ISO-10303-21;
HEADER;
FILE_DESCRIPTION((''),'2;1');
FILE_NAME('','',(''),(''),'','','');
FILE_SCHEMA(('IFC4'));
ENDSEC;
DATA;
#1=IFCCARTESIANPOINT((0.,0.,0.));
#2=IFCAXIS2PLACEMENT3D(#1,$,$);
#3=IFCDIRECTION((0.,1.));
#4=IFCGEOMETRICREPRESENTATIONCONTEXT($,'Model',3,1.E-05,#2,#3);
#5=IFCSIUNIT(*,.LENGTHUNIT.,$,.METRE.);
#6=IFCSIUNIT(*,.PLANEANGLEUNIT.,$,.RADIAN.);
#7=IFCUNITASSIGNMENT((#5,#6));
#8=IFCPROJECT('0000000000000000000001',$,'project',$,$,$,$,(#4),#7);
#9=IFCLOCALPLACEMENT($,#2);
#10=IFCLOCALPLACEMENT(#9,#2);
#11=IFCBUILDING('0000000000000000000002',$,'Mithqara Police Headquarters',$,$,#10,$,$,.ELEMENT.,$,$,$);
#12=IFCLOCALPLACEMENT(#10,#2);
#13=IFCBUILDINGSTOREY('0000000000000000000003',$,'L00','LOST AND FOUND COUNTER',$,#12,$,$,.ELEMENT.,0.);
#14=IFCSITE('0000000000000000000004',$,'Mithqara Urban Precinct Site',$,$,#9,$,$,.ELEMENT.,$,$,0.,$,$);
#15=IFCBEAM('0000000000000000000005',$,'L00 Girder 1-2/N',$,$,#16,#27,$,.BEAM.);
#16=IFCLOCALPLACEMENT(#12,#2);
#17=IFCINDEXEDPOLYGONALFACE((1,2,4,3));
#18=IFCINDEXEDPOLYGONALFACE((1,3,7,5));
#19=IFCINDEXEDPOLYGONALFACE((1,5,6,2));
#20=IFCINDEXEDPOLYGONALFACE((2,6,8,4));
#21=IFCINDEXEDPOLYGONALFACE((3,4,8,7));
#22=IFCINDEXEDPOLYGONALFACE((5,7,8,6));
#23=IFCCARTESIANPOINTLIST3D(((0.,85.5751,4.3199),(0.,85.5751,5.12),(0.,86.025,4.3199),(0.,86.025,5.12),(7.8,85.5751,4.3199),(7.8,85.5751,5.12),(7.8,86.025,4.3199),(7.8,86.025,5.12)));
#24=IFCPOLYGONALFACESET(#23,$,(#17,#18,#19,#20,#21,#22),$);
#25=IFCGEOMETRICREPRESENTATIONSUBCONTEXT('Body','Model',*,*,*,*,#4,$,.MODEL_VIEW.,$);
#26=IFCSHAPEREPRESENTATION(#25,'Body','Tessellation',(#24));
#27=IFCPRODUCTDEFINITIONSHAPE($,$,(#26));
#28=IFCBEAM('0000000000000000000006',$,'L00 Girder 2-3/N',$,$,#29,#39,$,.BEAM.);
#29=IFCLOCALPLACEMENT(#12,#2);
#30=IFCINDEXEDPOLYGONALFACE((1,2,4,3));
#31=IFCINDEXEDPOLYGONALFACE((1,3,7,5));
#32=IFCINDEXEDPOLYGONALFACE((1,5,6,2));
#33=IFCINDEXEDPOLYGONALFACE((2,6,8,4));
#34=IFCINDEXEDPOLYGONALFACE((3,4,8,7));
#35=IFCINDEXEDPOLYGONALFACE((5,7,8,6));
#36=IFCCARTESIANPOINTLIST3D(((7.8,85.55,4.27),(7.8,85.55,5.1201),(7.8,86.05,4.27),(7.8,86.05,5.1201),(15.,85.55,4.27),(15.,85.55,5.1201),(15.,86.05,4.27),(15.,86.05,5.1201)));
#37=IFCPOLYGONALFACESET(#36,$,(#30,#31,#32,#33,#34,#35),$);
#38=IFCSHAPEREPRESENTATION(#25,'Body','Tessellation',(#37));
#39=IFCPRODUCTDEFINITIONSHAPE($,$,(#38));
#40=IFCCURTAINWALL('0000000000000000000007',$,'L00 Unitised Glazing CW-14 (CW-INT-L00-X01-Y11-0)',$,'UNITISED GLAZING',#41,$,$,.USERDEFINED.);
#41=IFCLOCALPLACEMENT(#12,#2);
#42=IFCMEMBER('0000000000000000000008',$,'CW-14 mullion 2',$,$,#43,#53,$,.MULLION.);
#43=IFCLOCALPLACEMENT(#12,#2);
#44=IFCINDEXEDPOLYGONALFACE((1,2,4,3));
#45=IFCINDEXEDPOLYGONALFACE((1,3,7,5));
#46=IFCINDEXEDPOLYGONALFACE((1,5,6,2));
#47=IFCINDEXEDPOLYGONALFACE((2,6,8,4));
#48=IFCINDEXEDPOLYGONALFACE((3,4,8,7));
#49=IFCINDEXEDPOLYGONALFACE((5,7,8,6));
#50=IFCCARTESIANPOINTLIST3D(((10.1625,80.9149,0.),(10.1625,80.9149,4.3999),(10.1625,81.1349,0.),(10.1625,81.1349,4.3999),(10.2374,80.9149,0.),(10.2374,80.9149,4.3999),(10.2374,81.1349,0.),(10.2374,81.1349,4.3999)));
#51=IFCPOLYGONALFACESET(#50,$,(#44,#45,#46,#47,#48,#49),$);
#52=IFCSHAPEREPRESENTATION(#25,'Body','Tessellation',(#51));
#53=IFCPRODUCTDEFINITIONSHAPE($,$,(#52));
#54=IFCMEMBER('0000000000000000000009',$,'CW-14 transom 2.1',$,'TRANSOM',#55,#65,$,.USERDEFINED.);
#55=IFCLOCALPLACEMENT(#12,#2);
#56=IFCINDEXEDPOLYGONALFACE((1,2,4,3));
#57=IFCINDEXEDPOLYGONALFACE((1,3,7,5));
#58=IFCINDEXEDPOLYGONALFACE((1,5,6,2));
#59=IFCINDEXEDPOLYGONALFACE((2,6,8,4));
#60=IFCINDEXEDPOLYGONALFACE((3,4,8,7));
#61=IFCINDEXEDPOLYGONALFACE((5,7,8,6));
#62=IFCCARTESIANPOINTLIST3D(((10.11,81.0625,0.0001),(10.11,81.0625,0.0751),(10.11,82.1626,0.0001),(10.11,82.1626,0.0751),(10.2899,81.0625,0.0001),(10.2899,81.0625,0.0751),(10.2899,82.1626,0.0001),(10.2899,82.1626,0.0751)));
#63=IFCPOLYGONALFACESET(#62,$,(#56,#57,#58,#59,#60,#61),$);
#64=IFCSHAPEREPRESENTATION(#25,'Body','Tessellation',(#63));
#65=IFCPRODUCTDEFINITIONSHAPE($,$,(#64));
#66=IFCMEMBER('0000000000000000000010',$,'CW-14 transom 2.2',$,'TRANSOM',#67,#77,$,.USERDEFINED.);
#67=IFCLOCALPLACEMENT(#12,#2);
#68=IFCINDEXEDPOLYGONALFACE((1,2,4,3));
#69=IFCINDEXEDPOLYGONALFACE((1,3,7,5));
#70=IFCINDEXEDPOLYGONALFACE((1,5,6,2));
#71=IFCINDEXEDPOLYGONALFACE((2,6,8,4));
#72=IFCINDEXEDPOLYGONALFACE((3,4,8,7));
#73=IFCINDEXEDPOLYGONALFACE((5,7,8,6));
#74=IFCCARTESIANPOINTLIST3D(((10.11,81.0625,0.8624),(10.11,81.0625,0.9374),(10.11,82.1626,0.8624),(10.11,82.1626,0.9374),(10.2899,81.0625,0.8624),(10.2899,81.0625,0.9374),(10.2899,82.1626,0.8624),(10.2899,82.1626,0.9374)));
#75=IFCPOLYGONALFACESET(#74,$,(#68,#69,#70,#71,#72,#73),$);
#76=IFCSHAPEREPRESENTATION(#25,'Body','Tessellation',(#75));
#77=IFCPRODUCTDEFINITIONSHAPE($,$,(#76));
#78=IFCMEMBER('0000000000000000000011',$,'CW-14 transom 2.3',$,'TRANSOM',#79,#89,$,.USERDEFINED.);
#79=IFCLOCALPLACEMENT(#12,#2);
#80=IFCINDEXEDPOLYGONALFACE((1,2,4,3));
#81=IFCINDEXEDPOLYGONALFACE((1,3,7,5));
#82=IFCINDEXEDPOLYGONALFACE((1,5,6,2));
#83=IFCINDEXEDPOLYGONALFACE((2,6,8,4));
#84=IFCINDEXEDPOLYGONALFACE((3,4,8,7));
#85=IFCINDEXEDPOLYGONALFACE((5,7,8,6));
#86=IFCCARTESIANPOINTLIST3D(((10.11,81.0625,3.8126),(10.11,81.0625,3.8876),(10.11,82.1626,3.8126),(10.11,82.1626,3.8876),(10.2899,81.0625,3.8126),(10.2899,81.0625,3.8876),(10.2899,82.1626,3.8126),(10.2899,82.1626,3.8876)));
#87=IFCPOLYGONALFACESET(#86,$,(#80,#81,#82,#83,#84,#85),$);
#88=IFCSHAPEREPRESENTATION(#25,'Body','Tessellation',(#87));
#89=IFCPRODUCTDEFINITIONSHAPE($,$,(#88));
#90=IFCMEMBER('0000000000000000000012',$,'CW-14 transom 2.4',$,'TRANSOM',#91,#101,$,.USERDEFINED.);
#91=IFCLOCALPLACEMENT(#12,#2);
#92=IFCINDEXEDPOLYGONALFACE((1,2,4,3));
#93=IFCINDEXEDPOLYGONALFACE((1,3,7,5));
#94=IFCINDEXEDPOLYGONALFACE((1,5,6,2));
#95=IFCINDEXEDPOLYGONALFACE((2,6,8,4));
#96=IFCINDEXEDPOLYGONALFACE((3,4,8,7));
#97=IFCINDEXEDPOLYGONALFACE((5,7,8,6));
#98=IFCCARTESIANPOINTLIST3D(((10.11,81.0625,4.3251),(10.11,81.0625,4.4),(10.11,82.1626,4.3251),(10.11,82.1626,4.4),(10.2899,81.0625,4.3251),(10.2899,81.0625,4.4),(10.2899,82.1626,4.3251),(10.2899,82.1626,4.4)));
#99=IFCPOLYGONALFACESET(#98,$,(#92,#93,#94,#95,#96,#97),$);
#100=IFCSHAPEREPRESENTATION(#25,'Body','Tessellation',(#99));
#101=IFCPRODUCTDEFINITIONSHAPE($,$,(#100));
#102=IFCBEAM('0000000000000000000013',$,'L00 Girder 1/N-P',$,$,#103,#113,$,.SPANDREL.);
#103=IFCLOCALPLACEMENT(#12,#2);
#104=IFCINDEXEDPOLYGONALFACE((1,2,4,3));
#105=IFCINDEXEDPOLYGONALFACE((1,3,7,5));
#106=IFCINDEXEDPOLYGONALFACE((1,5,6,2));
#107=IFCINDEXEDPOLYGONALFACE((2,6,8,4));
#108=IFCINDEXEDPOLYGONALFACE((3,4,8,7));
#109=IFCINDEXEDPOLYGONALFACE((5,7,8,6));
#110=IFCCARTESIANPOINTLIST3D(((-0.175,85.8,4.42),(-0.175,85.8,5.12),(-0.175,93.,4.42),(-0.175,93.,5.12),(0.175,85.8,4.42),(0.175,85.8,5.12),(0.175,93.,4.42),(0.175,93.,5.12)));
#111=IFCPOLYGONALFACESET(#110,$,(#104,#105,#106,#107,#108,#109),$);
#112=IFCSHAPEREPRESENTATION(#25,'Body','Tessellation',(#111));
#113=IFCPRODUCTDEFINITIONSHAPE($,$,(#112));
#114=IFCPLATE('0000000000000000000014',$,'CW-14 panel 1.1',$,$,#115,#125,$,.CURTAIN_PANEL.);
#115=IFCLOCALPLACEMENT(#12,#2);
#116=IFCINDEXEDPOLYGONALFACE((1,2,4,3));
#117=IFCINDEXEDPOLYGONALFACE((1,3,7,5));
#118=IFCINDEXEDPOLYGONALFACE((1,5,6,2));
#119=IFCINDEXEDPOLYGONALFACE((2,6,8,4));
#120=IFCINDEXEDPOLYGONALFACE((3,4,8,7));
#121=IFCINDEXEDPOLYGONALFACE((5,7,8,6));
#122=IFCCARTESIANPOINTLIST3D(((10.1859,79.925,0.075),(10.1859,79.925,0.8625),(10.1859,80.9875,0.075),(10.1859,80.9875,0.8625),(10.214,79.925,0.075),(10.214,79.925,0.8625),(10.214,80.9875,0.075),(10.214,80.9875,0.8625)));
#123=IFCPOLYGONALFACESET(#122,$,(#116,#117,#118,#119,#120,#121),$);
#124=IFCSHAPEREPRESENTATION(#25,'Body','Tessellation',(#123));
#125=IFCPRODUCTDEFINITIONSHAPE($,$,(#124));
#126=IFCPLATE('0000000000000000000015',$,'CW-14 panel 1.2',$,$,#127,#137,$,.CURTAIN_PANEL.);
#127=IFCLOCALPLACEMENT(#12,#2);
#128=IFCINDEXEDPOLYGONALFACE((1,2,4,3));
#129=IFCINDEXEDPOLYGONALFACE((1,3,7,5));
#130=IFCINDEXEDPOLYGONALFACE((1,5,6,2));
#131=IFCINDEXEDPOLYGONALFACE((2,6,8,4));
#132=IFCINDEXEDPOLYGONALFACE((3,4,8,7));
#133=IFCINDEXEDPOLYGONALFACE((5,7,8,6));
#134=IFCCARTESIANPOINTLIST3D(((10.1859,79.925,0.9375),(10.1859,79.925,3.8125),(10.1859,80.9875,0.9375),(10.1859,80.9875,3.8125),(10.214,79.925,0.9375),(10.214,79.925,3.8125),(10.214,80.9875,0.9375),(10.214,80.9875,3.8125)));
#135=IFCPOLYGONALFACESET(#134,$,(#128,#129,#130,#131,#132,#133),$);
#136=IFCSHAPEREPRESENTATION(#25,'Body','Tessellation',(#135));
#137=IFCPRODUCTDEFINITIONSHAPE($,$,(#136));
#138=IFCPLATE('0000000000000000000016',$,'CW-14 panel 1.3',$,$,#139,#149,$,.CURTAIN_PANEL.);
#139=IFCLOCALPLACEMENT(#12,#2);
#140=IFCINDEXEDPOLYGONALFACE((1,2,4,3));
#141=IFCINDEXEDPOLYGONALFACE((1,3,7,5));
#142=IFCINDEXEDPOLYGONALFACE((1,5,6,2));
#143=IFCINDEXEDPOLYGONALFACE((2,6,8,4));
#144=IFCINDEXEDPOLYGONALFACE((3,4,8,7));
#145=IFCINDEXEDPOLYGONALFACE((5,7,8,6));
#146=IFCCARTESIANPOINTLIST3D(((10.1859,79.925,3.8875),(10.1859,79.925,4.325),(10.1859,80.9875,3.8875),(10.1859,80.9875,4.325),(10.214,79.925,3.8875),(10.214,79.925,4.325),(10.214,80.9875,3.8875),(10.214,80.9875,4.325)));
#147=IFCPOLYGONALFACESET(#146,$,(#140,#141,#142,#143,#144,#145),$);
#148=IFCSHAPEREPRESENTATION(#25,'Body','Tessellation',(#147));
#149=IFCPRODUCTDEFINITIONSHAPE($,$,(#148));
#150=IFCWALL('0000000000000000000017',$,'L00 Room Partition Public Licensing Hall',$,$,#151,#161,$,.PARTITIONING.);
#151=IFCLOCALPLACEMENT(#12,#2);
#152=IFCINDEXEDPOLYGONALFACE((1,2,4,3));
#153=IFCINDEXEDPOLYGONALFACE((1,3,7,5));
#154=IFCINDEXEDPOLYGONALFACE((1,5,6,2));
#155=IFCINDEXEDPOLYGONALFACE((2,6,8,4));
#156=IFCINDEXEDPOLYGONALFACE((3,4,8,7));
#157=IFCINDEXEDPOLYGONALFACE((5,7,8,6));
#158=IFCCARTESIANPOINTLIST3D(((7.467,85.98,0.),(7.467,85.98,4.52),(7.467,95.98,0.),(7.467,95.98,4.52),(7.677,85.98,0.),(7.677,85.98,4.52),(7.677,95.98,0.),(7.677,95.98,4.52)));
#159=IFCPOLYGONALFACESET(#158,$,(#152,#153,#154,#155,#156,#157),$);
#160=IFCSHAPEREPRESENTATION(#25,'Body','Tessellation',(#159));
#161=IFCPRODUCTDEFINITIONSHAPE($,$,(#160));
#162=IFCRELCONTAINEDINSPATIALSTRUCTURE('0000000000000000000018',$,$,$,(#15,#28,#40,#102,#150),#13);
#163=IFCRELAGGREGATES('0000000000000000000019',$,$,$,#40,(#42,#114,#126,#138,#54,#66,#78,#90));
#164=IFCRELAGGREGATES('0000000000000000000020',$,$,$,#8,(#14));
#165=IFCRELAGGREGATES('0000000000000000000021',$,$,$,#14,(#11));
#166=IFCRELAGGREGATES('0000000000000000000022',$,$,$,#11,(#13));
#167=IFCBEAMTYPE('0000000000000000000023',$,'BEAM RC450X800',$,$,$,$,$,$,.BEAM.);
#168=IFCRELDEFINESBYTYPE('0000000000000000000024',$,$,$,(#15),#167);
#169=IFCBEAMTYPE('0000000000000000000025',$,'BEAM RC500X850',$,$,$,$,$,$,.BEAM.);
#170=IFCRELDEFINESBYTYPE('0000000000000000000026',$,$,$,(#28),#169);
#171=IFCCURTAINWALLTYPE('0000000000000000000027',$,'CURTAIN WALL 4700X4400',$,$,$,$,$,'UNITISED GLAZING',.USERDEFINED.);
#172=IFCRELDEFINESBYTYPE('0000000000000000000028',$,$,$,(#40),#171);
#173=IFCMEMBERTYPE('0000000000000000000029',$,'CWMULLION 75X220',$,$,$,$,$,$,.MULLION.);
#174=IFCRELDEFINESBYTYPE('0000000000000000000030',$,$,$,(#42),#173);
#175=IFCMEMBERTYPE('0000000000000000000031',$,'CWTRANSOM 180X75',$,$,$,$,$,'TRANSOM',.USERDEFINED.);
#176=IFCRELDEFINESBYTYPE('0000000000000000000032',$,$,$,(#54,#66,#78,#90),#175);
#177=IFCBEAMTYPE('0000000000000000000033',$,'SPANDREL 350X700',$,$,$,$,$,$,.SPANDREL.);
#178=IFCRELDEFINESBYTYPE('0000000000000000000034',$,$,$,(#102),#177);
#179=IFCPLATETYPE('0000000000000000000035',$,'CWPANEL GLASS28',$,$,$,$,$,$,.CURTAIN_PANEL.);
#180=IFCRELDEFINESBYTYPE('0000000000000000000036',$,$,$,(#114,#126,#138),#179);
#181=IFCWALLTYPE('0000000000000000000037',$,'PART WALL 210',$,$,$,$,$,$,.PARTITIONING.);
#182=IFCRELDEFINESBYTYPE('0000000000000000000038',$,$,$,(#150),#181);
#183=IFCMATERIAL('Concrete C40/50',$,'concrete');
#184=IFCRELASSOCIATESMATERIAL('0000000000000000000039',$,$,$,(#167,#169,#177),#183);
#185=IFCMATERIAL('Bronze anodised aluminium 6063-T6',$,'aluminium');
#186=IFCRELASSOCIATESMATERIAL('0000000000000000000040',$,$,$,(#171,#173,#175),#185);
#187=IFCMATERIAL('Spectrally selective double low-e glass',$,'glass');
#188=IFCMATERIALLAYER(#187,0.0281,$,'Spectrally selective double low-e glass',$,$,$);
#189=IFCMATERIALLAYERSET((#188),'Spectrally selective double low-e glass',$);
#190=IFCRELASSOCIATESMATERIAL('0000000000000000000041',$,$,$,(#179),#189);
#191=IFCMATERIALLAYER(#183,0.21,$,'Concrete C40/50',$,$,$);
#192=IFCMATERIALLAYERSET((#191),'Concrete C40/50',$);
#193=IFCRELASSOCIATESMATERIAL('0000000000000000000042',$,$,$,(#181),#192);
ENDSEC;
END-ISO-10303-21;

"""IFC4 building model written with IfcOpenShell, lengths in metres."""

from ifc_helpers import new_model, si_unit, direction, frame, frame_2d, origin, origin_2d, place, context, subcontext, project, spatial, rectangle, extrude, material, layer, layer_set, material_profile, profile_set, type_object, element, aggregate, save


model = new_model("IFC4")

# Units and contexts
model_context = context("Model", 3, precision=1e-05, world=origin(), true_north=direction((0.0, 1.0)))
body_context = subcontext(model_context, "Body", "Model", "MODEL_VIEW")
ifc_project = project(units=[si_unit("LENGTHUNIT", "METRE"), si_unit("PLANEANGLEUNIT", "RADIAN")], contexts=[model_context])

# Site, building, storey
site_placement = place(None, origin())
site = spatial("IfcSite", under=ifc_project, at=site_placement, Name="Mithqara Urban Precinct Site", CompositionType="ELEMENT", RefElevation=0.0)
building_placement = place(site_placement, origin())
building = spatial("IfcBuilding", under=site, at=building_placement, Name="Mithqara Police Headquarters", CompositionType="ELEMENT")
storey_placement = place(building_placement, origin())
storey = spatial("IfcBuildingStorey", under=building, at=storey_placement, Name="L00", Description="LOST AND FOUND COUNTER", CompositionType="ELEMENT", Elevation=0.0)

# Shared definitions
ifc_material_1 = material(Name="Concrete C40/50", Category="concrete")

# Beams
ifc_material_profile_1 = material_profile(ifc_material_1, rectangle(XDim=0.45, YDim=0.8, at=origin_2d()), Name="RC 450x800")
ifc_profile_set_1 = profile_set([ifc_material_profile_1], Name="Concrete C40/50")
beam_type_1 = type_object("IfcBeamType", Name="BEAM RC450X800", PredefinedType="BEAM", material=ifc_profile_set_1)
beam_1_placement = place(storey_placement, frame((0.0, 85.8, 4.72), z_axis=(1.0, 0.0, 0.0), x_axis=(0.0, 1.0, 0.0)))
element("IfcBeam", 1, at=beam_1_placement, inside=storey, type_object=beam_type_1, Name="L00 Girder 1-2/N", PredefinedType="BEAM", context=body_context, shape_type="SweptSolid", body=[
    extrude(rectangle(XDim=0.45, YDim=0.8, at=origin_2d()), origin(), (0.0, 0.0, 1.0), 7.8),
])
ifc_material_profile_2 = material_profile(ifc_material_1, rectangle(XDim=0.5, YDim=0.8501, at=origin_2d()), Name="RC 500x850")
ifc_profile_set_2 = profile_set([ifc_material_profile_2], Name="Concrete C40/50")
beam_type_2 = type_object("IfcBeamType", Name="BEAM RC500X850", PredefinedType="BEAM", material=ifc_profile_set_2)
beam_2_placement = place(storey_placement, frame((7.8, 85.8, 4.6951), z_axis=(1.0, 0.0, 0.0), x_axis=(0.0, 1.0, 0.0)))
element("IfcBeam", 2, at=beam_2_placement, inside=storey, type_object=beam_type_2, Name="L00 Girder 2-3/N", PredefinedType="BEAM", context=body_context, shape_type="SweptSolid", body=[
    extrude(rectangle(XDim=0.5, YDim=0.8501, at=origin_2d()), origin(), (0.0, 0.0, 1.0), 7.2),
])

# Curtain wall, members
ifc_material_2 = material(Name="Bronze anodised aluminium 6063-T6", Category="aluminium")
curtain_wall_type = type_object("IfcCurtainWallType", Name="CURTAIN WALL 4700X4400", ElementType="UNITISED GLAZING", PredefinedType="USERDEFINED", material=ifc_material_2)
curtain_wall_placement = place(storey_placement, origin())
curtain_wall = element("IfcCurtainWall", 3, at=curtain_wall_placement, inside=storey, type_object=curtain_wall_type, Name="L00 Unitised Glazing CW-14 (CW-INT-L00-X01-Y11-0)", ObjectType="UNITISED GLAZING", PredefinedType="USERDEFINED")
ifc_material_profile_3 = material_profile(ifc_material_2, rectangle(XDim=0.075, YDim=0.22, at=origin_2d()), Name="CWM 75x220")
ifc_profile_set_3 = profile_set([ifc_material_profile_3], Name="Bronze anodised aluminium 6063-T6")
member_type_1 = type_object("IfcMemberType", Name="CWMULLION 75X220", PredefinedType="MULLION", material=ifc_profile_set_3)
member_1_placement = place(storey_placement, frame((10.2, 81.0249, 0.0), z_axis=(0.0, 0.0, 1.0), x_axis=(-1.0, 0.0, 0.0)))
member_1 = element("IfcMember", 4, at=member_1_placement, type_object=member_type_1, Name="CW-14 mullion 2", PredefinedType="MULLION", context=body_context, shape_type="SweptSolid", body=[
    extrude(rectangle(XDim=0.075, YDim=0.22, at=origin_2d()), origin(), (0.0, 0.0, 1.0), 4.3999),
])
ifc_material_profile_4 = material_profile(ifc_material_2, rectangle(XDim=0.1799, YDim=0.075, at=origin_2d()), Name="CWT 180x75")
ifc_profile_set_4 = profile_set([ifc_material_profile_4], Name="Bronze anodised aluminium 6063-T6")
member_type_2 = type_object("IfcMemberType", Name="CWTRANSOM 180X75", ElementType="TRANSOM", PredefinedType="USERDEFINED", material=ifc_profile_set_4)
member_2_placement = place(storey_placement, frame((10.2, 81.0625, 0.0376), z_axis=(0.0, 1.0, 0.0), x_axis=(-1.0, 0.0, 0.0)))
member_2 = element("IfcMember", 5, at=member_2_placement, type_object=member_type_2, Name="CW-14 transom 2.1", ObjectType="TRANSOM", PredefinedType="USERDEFINED", context=body_context, shape_type="SweptSolid", body=[
    extrude(rectangle(XDim=0.1799, YDim=0.075, at=origin_2d()), origin(), (0.0, 0.0, 1.0), 1.1001),
])
member_3_placement = place(storey_placement, frame((10.2, 81.0625, 0.8999), z_axis=(0.0, 1.0, 0.0), x_axis=(-1.0, 0.0, 0.0)))
member_3 = element("IfcMember", 6, at=member_3_placement, type_object=member_type_2, Name="CW-14 transom 2.2", ObjectType="TRANSOM", PredefinedType="USERDEFINED", context=body_context, shape_type="SweptSolid", body=[
    extrude(rectangle(XDim=0.1799, YDim=0.075, at=origin_2d()), origin(), (0.0, 0.0, 1.0), 1.1001),
])
member_4_placement = place(storey_placement, frame((10.2, 81.0625, 3.8501), z_axis=(0.0, 1.0, 0.0), x_axis=(-1.0, 0.0, 0.0)))
member_4 = element("IfcMember", 7, at=member_4_placement, type_object=member_type_2, Name="CW-14 transom 2.3", ObjectType="TRANSOM", PredefinedType="USERDEFINED", context=body_context, shape_type="SweptSolid", body=[
    extrude(rectangle(XDim=0.1799, YDim=0.075, at=origin_2d()), origin(), (0.0, 0.0, 1.0), 1.1001),
])
member_5_placement = place(storey_placement, frame((10.2, 81.0625, 4.3625), z_axis=(0.0, 1.0, 0.0), x_axis=(-1.0, 0.0, 0.0)))
member_5 = element("IfcMember", 8, at=member_5_placement, type_object=member_type_2, Name="CW-14 transom 2.4", ObjectType="TRANSOM", PredefinedType="USERDEFINED", context=body_context, shape_type="SweptSolid", body=[
    extrude(rectangle(XDim=0.1799, YDim=0.075, at=origin_2d()), origin(), (0.0, 0.0, 1.0), 1.1001),
])

# Beam
ifc_material_profile_5 = material_profile(ifc_material_1, rectangle(XDim=0.3501, YDim=0.7, at=origin_2d()), Name="SPB 350x700")
ifc_profile_set_5 = profile_set([ifc_material_profile_5], Name="Concrete C40/50")
beam_type_3 = type_object("IfcBeamType", Name="SPANDREL 350X700", PredefinedType="SPANDREL", material=ifc_profile_set_5)
beam_3_placement = place(storey_placement, frame((0.0, 85.8, 4.77), z_axis=(0.0, 1.0, 0.0), x_axis=(-1.0, 0.0, 0.0)))
element("IfcBeam", 9, at=beam_3_placement, inside=storey, type_object=beam_type_3, Name="L00 Girder 1/N-P", PredefinedType="SPANDREL", context=body_context, shape_type="SweptSolid", body=[
    extrude(rectangle(XDim=0.3501, YDim=0.7, at=origin_2d()), origin(), (0.0, 0.0, 1.0), 7.2),
])

# Plates
ifc_material_3 = material(Name="Spectrally selective double low-e glass", Category="glass")
ifc_layer_1 = layer(ifc_material_3, 0.0281, Name="Spectrally selective double low-e glass")
ifc_layer_set_1 = layer_set([ifc_layer_1], Name="Spectrally selective double low-e glass")
plate_type = type_object("IfcPlateType", Name="CWPANEL GLASS28", PredefinedType="CURTAIN_PANEL", material=ifc_layer_set_1)
plate_1_placement = place(storey_placement, frame((10.2, 80.4563, 0.075), z_axis=(0.0, 0.0, 1.0), x_axis=(0.0, 1.0, 0.0)))
plate_1 = element("IfcPlate", 10, at=plate_1_placement, type_object=plate_type, Name="CW-14 panel 1.1", PredefinedType="CURTAIN_PANEL", context=body_context, shape_type="SweptSolid", body=[
    extrude(rectangle(XDim=1.0625, YDim=0.0281, at=origin_2d()), origin(), (0.0, 0.0, 1.0), 0.7876),
])
plate_2_placement = place(storey_placement, frame((10.2, 80.4563, 0.9375), z_axis=(0.0, 0.0, 1.0), x_axis=(0.0, 1.0, 0.0)))
plate_2 = element("IfcPlate", 11, at=plate_2_placement, type_object=plate_type, Name="CW-14 panel 1.2", PredefinedType="CURTAIN_PANEL", context=body_context, shape_type="SweptSolid", body=[
    extrude(rectangle(XDim=1.0625, YDim=0.0281, at=origin_2d()), origin(), (0.0, 0.0, 1.0), 2.875),
])
plate_3_placement = place(storey_placement, frame((10.2, 80.4563, 3.8875), z_axis=(0.0, 0.0, 1.0), x_axis=(0.0, 1.0, 0.0)))
plate_3 = element("IfcPlate", 12, at=plate_3_placement, type_object=plate_type, Name="CW-14 panel 1.3", PredefinedType="CURTAIN_PANEL", context=body_context, shape_type="SweptSolid", body=[
    extrude(rectangle(XDim=1.0625, YDim=0.0281, at=origin_2d()), origin(), (0.0, 0.0, 1.0), 0.4375),
])
aggregate(curtain_wall, [member_1, plate_1, plate_2, plate_3, member_2, member_3, member_4, member_5])

# Wall
ifc_layer_2 = layer(ifc_material_1, 0.21, Name="Concrete C40/50")
ifc_layer_set_2 = layer_set([ifc_layer_2], Name="Concrete C40/50")
wall_type_1 = type_object("IfcWallType", Name="PART WALL 210", PredefinedType="PARTITIONING", material=ifc_layer_set_2)
wall_1_placement = place(storey_placement, frame((7.572, 85.98, 0.0), z_axis=(0.0, 0.0, 1.0), x_axis=(0.0, 1.0, 0.0)))
element("IfcWall", 13, at=wall_1_placement, inside=storey, type_object=wall_type_1, Name="L00 Room Partition Public Licensing Hall", PredefinedType="PARTITIONING", context=body_context, shape_type="SweptSolid", body=[
    extrude(rectangle(XDim=10.0, YDim=0.21, at=frame_2d((5.0, 0.0))), origin(), (0.0, 0.0, 1.0), 4.52),
])

save(model, "model.ifc")
